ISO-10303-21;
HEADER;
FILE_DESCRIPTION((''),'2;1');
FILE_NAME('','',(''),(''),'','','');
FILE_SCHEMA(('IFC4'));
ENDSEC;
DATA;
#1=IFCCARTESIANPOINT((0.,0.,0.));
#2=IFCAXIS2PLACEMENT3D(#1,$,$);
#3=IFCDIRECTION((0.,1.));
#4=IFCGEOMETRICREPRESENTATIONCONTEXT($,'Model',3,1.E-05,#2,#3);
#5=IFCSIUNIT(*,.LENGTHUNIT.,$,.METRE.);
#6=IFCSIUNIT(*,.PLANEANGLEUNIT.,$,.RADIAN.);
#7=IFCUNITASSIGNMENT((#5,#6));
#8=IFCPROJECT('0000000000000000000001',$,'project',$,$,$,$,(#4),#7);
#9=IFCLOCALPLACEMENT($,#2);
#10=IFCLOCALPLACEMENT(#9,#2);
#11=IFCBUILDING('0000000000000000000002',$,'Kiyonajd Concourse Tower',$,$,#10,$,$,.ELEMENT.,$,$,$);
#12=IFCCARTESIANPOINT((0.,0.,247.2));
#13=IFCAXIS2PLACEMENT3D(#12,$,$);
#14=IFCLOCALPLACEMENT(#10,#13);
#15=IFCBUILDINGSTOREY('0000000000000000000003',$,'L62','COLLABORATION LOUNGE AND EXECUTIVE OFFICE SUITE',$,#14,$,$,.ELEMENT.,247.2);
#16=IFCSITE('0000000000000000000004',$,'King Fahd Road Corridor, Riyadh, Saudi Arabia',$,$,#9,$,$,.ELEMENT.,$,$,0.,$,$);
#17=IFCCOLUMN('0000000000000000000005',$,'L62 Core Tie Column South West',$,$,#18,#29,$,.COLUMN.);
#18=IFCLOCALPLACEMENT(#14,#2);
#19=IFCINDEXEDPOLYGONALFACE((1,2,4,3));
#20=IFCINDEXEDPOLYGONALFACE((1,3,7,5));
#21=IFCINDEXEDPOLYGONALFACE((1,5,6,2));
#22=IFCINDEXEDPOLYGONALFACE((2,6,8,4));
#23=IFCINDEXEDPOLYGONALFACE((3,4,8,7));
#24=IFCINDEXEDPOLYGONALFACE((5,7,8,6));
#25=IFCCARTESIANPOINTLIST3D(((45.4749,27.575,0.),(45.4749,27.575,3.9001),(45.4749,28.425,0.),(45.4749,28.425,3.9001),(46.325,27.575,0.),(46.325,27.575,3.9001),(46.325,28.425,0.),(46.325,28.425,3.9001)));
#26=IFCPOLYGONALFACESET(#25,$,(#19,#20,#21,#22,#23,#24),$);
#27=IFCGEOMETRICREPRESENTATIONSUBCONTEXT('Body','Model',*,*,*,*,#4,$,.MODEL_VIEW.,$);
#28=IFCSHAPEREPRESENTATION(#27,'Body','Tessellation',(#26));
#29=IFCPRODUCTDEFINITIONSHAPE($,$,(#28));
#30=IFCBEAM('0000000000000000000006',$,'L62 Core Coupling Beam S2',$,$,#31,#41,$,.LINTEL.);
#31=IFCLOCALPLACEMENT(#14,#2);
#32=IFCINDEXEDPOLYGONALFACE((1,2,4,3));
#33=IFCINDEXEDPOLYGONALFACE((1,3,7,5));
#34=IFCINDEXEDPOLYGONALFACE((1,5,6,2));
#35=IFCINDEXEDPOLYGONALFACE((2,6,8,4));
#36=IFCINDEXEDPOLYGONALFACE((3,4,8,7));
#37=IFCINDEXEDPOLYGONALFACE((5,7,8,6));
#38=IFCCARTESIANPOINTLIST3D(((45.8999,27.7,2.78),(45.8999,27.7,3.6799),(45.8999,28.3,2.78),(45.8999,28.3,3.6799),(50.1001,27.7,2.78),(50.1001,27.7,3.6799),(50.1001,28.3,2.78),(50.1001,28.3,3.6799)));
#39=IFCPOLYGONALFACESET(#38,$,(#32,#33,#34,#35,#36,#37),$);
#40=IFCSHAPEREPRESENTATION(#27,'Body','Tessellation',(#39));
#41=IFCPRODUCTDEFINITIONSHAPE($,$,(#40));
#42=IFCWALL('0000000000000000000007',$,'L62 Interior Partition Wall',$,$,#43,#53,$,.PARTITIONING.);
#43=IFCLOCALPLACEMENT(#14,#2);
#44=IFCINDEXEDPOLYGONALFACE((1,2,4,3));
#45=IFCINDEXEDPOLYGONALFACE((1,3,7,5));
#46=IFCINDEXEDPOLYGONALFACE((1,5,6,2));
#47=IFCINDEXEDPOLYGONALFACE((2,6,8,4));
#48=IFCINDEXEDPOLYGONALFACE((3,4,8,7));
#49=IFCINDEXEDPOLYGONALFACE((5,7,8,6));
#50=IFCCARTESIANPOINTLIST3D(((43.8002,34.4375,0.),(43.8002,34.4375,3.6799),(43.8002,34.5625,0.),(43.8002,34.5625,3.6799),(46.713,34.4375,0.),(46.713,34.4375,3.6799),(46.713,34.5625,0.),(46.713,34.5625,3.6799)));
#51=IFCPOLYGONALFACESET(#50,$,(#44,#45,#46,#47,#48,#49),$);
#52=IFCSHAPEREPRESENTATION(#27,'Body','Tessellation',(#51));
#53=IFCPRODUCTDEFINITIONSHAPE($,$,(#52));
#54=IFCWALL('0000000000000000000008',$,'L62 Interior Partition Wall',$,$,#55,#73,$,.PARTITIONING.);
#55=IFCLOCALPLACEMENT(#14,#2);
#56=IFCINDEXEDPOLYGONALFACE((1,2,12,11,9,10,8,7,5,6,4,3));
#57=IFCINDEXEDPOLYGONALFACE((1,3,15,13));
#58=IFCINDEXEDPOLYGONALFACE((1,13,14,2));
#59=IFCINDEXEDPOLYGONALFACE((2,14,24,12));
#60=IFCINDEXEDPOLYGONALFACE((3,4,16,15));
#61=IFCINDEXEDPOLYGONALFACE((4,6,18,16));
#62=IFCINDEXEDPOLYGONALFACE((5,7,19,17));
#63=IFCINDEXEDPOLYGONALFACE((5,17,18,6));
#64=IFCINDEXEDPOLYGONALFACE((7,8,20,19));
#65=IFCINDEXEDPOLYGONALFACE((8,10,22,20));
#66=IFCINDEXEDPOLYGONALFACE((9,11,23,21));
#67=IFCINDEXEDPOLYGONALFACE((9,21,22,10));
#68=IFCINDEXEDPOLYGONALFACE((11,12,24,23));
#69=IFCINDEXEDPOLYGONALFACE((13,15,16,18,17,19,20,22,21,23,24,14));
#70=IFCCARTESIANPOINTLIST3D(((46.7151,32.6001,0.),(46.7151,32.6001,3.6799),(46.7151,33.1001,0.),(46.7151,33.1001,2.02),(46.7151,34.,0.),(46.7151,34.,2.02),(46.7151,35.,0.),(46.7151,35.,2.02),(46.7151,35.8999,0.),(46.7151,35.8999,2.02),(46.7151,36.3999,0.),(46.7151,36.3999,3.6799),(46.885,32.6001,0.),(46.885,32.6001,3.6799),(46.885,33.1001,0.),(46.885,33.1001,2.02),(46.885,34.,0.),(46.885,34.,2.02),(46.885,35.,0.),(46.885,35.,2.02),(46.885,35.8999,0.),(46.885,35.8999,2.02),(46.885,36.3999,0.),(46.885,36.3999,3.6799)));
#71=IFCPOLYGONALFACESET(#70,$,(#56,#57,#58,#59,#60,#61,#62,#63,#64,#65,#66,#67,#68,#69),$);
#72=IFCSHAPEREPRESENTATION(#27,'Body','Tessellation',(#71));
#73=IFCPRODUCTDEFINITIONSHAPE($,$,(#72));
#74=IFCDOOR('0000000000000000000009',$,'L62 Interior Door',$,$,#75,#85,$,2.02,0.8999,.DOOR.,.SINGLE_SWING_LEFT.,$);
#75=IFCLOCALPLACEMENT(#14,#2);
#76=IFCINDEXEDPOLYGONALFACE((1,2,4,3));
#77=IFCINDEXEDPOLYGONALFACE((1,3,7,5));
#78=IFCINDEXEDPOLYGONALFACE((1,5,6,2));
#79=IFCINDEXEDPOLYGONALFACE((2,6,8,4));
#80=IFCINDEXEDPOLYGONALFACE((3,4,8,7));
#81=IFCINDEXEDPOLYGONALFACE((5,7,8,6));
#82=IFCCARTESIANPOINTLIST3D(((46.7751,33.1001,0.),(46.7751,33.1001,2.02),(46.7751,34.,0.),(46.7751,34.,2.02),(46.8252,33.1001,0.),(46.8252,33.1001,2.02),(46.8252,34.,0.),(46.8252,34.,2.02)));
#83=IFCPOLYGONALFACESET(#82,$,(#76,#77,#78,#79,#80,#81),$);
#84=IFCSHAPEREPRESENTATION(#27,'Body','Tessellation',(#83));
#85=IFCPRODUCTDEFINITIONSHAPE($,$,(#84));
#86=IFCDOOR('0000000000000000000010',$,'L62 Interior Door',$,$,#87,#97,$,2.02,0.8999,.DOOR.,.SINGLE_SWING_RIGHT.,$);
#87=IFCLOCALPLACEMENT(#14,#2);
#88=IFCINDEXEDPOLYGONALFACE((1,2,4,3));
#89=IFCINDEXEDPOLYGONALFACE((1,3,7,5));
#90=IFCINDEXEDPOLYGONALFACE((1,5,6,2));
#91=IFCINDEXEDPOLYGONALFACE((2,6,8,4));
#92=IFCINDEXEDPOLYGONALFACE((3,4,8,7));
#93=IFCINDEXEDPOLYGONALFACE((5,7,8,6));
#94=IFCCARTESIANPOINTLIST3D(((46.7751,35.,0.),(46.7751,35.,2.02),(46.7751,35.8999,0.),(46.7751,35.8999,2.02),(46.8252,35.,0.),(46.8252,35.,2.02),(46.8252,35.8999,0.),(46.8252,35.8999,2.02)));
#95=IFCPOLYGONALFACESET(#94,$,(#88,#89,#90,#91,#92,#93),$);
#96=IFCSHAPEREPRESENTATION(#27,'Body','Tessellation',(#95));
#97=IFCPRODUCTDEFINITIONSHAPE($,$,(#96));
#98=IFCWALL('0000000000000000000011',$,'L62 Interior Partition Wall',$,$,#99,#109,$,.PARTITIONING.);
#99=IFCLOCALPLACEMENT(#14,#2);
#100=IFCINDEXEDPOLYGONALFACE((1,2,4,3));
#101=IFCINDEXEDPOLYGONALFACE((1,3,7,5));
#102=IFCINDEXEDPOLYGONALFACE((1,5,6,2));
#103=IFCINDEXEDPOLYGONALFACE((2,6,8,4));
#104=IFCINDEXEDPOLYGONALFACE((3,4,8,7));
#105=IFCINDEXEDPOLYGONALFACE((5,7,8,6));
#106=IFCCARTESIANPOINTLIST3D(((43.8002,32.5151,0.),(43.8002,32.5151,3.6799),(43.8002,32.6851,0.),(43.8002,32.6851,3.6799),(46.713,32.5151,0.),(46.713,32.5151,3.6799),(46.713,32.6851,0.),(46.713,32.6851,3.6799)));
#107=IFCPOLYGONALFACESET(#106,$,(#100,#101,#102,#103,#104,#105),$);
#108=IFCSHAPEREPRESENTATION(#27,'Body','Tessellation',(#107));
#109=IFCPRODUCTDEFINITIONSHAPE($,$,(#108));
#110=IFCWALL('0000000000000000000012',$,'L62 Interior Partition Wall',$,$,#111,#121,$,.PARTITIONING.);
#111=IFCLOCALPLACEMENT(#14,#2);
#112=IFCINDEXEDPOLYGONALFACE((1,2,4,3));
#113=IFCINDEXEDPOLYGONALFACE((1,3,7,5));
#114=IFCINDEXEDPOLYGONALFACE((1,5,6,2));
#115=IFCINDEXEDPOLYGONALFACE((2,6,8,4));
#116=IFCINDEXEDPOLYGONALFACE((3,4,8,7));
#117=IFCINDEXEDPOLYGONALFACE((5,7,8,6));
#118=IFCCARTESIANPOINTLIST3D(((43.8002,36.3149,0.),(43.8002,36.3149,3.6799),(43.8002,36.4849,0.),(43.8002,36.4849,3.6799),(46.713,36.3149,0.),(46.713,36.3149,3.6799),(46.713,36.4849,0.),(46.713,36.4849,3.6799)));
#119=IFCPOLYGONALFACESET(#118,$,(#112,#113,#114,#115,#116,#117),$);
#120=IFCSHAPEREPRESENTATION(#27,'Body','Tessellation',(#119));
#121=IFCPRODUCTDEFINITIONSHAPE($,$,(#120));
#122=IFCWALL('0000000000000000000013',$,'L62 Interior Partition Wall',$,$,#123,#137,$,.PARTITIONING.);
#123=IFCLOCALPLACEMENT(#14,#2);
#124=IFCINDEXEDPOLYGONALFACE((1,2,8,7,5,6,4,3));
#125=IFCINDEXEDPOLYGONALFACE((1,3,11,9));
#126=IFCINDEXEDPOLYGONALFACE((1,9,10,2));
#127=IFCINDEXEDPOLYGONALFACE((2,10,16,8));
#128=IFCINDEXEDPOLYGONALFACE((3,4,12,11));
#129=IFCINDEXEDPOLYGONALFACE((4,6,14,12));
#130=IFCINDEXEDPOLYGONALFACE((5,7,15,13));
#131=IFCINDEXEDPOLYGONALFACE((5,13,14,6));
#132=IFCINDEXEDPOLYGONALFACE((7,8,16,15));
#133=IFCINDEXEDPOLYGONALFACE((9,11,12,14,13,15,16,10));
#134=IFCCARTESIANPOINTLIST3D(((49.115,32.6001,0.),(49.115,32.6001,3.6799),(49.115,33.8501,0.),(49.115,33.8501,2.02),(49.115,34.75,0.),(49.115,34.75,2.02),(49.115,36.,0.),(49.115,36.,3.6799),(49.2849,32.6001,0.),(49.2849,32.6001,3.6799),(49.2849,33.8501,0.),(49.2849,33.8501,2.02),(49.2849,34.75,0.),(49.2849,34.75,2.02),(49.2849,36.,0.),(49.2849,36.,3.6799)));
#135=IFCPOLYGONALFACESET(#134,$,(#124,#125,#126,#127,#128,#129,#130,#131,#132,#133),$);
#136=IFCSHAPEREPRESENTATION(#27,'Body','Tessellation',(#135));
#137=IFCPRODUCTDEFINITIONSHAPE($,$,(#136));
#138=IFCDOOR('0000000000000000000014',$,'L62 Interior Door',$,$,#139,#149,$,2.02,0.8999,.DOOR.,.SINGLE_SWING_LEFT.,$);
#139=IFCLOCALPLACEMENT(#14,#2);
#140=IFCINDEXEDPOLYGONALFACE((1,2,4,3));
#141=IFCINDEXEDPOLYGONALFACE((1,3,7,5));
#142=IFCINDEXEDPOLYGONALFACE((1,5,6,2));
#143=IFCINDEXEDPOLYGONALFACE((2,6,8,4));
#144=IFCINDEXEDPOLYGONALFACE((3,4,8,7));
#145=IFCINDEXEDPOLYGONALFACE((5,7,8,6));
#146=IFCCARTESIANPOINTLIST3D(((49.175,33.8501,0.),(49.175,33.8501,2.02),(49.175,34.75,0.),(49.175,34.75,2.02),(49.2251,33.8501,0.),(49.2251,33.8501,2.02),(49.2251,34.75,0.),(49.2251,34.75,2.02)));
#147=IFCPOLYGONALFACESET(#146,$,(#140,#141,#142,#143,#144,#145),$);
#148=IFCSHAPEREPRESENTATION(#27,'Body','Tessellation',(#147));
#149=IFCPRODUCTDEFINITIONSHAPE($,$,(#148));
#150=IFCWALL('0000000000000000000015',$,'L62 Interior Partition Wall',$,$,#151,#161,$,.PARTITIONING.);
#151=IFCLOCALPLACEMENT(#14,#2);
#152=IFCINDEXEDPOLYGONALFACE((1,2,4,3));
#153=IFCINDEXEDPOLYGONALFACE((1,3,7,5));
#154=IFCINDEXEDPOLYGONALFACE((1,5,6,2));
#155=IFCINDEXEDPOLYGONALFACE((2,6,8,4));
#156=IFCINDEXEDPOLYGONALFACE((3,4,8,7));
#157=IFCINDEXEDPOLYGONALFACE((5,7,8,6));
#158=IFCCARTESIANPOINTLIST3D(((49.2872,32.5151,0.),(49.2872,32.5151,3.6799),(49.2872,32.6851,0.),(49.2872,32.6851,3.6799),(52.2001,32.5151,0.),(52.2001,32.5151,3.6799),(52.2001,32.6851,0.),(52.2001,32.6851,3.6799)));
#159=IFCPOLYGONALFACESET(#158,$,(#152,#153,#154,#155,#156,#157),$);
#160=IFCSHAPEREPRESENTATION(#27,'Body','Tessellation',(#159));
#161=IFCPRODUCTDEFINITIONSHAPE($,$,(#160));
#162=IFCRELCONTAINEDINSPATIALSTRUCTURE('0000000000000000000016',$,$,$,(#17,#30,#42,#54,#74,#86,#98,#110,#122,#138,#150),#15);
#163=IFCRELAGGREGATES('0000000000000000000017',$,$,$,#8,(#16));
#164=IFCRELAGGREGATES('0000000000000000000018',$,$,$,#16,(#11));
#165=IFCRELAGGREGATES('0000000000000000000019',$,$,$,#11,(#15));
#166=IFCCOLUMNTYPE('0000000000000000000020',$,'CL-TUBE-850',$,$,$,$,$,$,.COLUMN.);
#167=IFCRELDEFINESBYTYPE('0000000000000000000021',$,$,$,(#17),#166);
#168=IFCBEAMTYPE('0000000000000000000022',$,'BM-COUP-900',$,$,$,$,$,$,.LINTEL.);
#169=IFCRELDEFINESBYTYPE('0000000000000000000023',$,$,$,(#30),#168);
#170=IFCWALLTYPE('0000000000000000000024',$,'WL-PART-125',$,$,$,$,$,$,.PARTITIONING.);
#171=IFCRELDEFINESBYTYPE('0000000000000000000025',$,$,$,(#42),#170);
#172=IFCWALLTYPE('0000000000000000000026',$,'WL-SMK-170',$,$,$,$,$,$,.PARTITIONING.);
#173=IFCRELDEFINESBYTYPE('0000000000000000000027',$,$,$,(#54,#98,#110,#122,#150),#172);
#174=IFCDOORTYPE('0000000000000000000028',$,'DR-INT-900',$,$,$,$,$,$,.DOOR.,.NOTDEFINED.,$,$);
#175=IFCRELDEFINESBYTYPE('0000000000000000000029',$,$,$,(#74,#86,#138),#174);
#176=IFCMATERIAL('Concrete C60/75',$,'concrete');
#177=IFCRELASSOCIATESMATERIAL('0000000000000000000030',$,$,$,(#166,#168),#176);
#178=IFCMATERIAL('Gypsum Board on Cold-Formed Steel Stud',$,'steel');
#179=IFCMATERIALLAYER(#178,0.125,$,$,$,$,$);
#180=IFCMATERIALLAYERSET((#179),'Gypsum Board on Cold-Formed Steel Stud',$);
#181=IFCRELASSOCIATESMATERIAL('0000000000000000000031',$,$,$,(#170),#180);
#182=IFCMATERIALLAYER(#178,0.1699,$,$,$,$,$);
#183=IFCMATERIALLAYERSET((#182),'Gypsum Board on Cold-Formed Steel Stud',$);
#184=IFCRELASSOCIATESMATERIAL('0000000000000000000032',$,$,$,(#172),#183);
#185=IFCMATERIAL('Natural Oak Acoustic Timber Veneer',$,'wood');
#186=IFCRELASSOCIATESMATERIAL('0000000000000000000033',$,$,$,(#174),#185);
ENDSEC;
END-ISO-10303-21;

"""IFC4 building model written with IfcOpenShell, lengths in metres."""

from ifc_helpers import new_model, si_unit, direction, frame, frame_2d, origin, origin_2d, place, context, subcontext, project, spatial, rectangle, extrude, material, layer, layer_set, material_profile, profile_set, type_object, element, fill, save


model = new_model("IFC4")

# Units and contexts
model_context = context("Model", 3, precision=1e-05, world=origin(), true_north=direction((0.0, 1.0)))
body_context = subcontext(model_context, "Body", "Model", "MODEL_VIEW")
ifc_project = project(units=[si_unit("LENGTHUNIT", "METRE"), si_unit("PLANEANGLEUNIT", "RADIAN")], contexts=[model_context])

# Site, building, storey
site_placement = place(None, origin())
site = spatial("IfcSite", under=ifc_project, at=site_placement, Name="King Fahd Road Corridor, Riyadh, Saudi Arabia", CompositionType="ELEMENT", RefElevation=0.0)
building_placement = place(site_placement, origin())
building = spatial("IfcBuilding", under=site, at=building_placement, Name="Kiyonajd Concourse Tower", CompositionType="ELEMENT")
storey_placement = place(building_placement, frame((0.0, 0.0, 247.2)))
storey = spatial("IfcBuildingStorey", under=building, at=storey_placement, Name="L62", Description="COLLABORATION LOUNGE AND EXECUTIVE OFFICE SUITE", CompositionType="ELEMENT", Elevation=247.2)

# Column
ifc_material_1 = material(Name="Concrete C60/75", Category="concrete")
ifc_material_profile_1 = material_profile(ifc_material_1, rectangle(XDim=0.8501, YDim=0.8501, at=origin_2d()), Name="RC-850x850")
ifc_profile_set_1 = profile_set([ifc_material_profile_1], Name="Concrete C60/75")
column_type = type_object("IfcColumnType", Name="CL-TUBE-850", PredefinedType="COLUMN", material=ifc_profile_set_1)
column_placement = place(storey_placement, frame((45.8999, 28.0, 0.0), z_axis=(0.0, 0.0, 1.0), x_axis=(1.0, 0.0, 0.0)))
element("IfcColumn", 1, at=column_placement, inside=storey, type_object=column_type, Name="L62 Core Tie Column South West", PredefinedType="COLUMN", context=body_context, shape_type="SweptSolid", body=[
    extrude(rectangle(XDim=0.8501, YDim=0.8501, at=origin_2d()), origin(), (0.0, 0.0, 1.0), 3.9001),
])

# Beam
ifc_material_profile_2 = material_profile(ifc_material_1, rectangle(XDim=0.6001, YDim=0.8999, at=origin_2d()), Name="RCBM-600x900")
ifc_profile_set_2 = profile_set([ifc_material_profile_2], Name="Concrete C60/75")
beam_type = type_object("IfcBeamType", Name="BM-COUP-900", PredefinedType="LINTEL", material=ifc_profile_set_2)
beam_placement = place(storey_placement, frame((45.8999, 28.0, 3.23), z_axis=(1.0, 0.0, 0.0), x_axis=(0.0, 1.0, 0.0)))
element("IfcBeam", 2, at=beam_placement, inside=storey, type_object=beam_type, Name="L62 Core Coupling Beam S2", PredefinedType="LINTEL", context=body_context, shape_type="SweptSolid", body=[
    extrude(rectangle(XDim=0.6001, YDim=0.8999, at=origin_2d()), origin(), (0.0, 0.0, 1.0), 4.2002),
])

# Wall
ifc_material_2 = material(Name="Gypsum Board on Cold-Formed Steel Stud", Category="steel")
ifc_layer_1 = layer(ifc_material_2, 0.125)
ifc_layer_set_1 = layer_set([ifc_layer_1], Name="Gypsum Board on Cold-Formed Steel Stud")
wall_type_1 = type_object("IfcWallType", Name="WL-PART-125", PredefinedType="PARTITIONING", material=ifc_layer_set_1)
wall_1_placement = place(storey_placement, frame((43.8, 34.5, 0.0), z_axis=(0.0, 0.0, 1.0), x_axis=(1.0, 0.0, 0.0)))
element("IfcWall", 3, at=wall_1_placement, inside=storey, type_object=wall_type_1, Name="L62 Interior Partition Wall", PredefinedType="PARTITIONING", context=body_context, shape_type="SweptSolid", body=[
    extrude(rectangle(XDim=2.9128, YDim=0.125, at=frame_2d((1.4565, 0.0))), origin(), (0.0, 0.0, 1.0), 3.6799),
])

# Wall, openings, doors
ifc_layer_2 = layer(ifc_material_2, 0.1699)
ifc_layer_set_2 = layer_set([ifc_layer_2], Name="Gypsum Board on Cold-Formed Steel Stud")
wall_type_2 = type_object("IfcWallType", Name="WL-SMK-170", PredefinedType="PARTITIONING", material=ifc_layer_set_2)
wall_2_placement = place(storey_placement, frame((46.8, 32.6001, 0.0), z_axis=(0.0, 0.0, 1.0), x_axis=(0.0, 1.0, 0.0)))
wall_2 = element("IfcWall", 4, at=wall_2_placement, inside=storey, type_object=wall_type_2, Name="L62 Interior Partition Wall", PredefinedType="PARTITIONING", context=body_context, shape_type="SweptSolid", body=[
    extrude(rectangle(XDim=3.7998, YDim=0.1699, at=frame_2d((1.8999, 0.0))), origin(), (0.0, 0.0, 1.0), 3.6799),
])
opening_1_placement = place(wall_2_placement, frame((0.5, 0.0, 0.0)))
opening_1 = element("IfcOpeningElement", 5, at=opening_1_placement, cuts=wall_2, PredefinedType="OPENING", context=body_context, shape_type="SweptSolid", body=[
    extrude(rectangle(XDim=0.8999, YDim=2.02, at=frame_2d((0.45, 1.01))), frame((0.0, 0.095, 0.0), z_axis=(0.0, -1.0, 0.0), x_axis=(1.0, 0.0, 0.0)), (0.0, 0.0, 1.0), 0.1899),
])
opening_2_placement = place(wall_2_placement, frame((2.3999, 0.0, 0.0)))
opening_2 = element("IfcOpeningElement", 6, at=opening_2_placement, cuts=wall_2, PredefinedType="OPENING", context=body_context, shape_type="SweptSolid", body=[
    extrude(rectangle(XDim=0.8999, YDim=2.02, at=frame_2d((0.45, 1.01))), frame((0.0, 0.095, 0.0), z_axis=(0.0, -1.0, 0.0), x_axis=(1.0, 0.0, 0.0)), (0.0, 0.0, 1.0), 0.1899),
])
ifc_material_3 = material(Name="Natural Oak Acoustic Timber Veneer", Category="wood")
door_type = type_object("IfcDoorType", Name="DR-INT-900", OperationType="NOTDEFINED", PredefinedType="DOOR", material=ifc_material_3)
door_1_placement = place(opening_1_placement, origin())
door_1 = element("IfcDoor", 7, at=door_1_placement, inside=storey, type_object=door_type, Name="L62 Interior Door", OperationType="SINGLE_SWING_LEFT", OverallHeight=2.02, OverallWidth=0.8999, PredefinedType="DOOR", context=body_context, shape_type="SweptSolid", body=[
    extrude(rectangle(XDim=0.8999, YDim=2.02, at=frame_2d((0.45, 1.01))), frame((0.0, 0.0249, 0.0), z_axis=(0.0, -1.0, 0.0), x_axis=(1.0, 0.0, 0.0)), (0.0, 0.0, 1.0), 0.05),
])
fill(opening_1, door_1)
door_2_placement = place(opening_2_placement, origin())
door_2 = element("IfcDoor", 8, at=door_2_placement, inside=storey, type_object=door_type, Name="L62 Interior Door", OperationType="SINGLE_SWING_RIGHT", OverallHeight=2.02, OverallWidth=0.8999, PredefinedType="DOOR", context=body_context, shape_type="SweptSolid", body=[
    extrude(rectangle(XDim=0.8999, YDim=2.02, at=frame_2d((0.45, 1.01))), frame((0.0, 0.0249, 0.0), z_axis=(0.0, -1.0, 0.0), x_axis=(1.0, 0.0, 0.0)), (0.0, 0.0, 1.0), 0.05),
])
fill(opening_2, door_2)

# Walls
for number, where, z_axis, x_axis, name in (
    (9, (43.8, 32.6001, 0.0), (0.0, 0.0, 1.0), (1.0, 0.0, 0.0), "L62 Interior Partition Wall"),
    (10, (43.8, 36.3999, 0.0), (0.0, 0.0, 1.0), (1.0, 0.0, 0.0), "L62 Interior Partition Wall"),
):
    element("IfcWall", number, at=place(storey_placement, frame(where, z_axis=z_axis, x_axis=x_axis)), inside=storey, type_object=wall_type_2, Name=name, PredefinedType="PARTITIONING", context=body_context, shape_type="SweptSolid", body=[
        extrude(rectangle(XDim=2.9128, YDim=0.1699, at=frame_2d((1.4565, 0.0))), origin(), (0.0, 0.0, 1.0), 3.6799),
    ])

# Wall, opening, door
wall_3_placement = place(storey_placement, frame((49.2, 32.6001, 0.0), z_axis=(0.0, 0.0, 1.0), x_axis=(0.0, 1.0, 0.0)))
wall_3 = element("IfcWall", 11, at=wall_3_placement, inside=storey, type_object=wall_type_2, Name="L62 Interior Partition Wall", PredefinedType="PARTITIONING", context=body_context, shape_type="SweptSolid", body=[
    extrude(rectangle(XDim=3.3999, YDim=0.1699, at=frame_2d((1.7, 0.0))), origin(), (0.0, 0.0, 1.0), 3.6799),
])
opening_3_placement = place(wall_3_placement, frame((1.25, 0.0, 0.0)))
opening_3 = element("IfcOpeningElement", 12, at=opening_3_placement, cuts=wall_3, PredefinedType="OPENING", context=body_context, shape_type="SweptSolid", body=[
    extrude(rectangle(XDim=0.8999, YDim=2.02, at=frame_2d((0.45, 1.01))), frame((0.0, 0.095, 0.0), z_axis=(0.0, -1.0, 0.0), x_axis=(1.0, 0.0, 0.0)), (0.0, 0.0, 1.0), 0.1899),
])
door_3_placement = place(opening_3_placement, origin())
door_3 = element("IfcDoor", 13, at=door_3_placement, inside=storey, type_object=door_type, Name="L62 Interior Door", OperationType="SINGLE_SWING_LEFT", OverallHeight=2.02, OverallWidth=0.8999, PredefinedType="DOOR", context=body_context, shape_type="SweptSolid", body=[
    extrude(rectangle(XDim=0.8999, YDim=2.02, at=frame_2d((0.45, 1.01))), frame((0.0, 0.0249, 0.0), z_axis=(0.0, -1.0, 0.0), x_axis=(1.0, 0.0, 0.0)), (0.0, 0.0, 1.0), 0.05),
])
fill(opening_3, door_3)

# Wall
wall_4_placement = place(storey_placement, frame((49.2871, 32.6001, 0.0), z_axis=(0.0, 0.0, 1.0), x_axis=(1.0, 0.0, 0.0)))
element("IfcWall", 14, at=wall_4_placement, inside=storey, type_object=wall_type_2, Name="L62 Interior Partition Wall", PredefinedType="PARTITIONING", context=body_context, shape_type="SweptSolid", body=[
    extrude(rectangle(XDim=2.9128, YDim=0.1699, at=frame_2d((1.4565, 0.0))), origin(), (0.0, 0.0, 1.0), 3.6799),
])

save(model, "model.ifc")
